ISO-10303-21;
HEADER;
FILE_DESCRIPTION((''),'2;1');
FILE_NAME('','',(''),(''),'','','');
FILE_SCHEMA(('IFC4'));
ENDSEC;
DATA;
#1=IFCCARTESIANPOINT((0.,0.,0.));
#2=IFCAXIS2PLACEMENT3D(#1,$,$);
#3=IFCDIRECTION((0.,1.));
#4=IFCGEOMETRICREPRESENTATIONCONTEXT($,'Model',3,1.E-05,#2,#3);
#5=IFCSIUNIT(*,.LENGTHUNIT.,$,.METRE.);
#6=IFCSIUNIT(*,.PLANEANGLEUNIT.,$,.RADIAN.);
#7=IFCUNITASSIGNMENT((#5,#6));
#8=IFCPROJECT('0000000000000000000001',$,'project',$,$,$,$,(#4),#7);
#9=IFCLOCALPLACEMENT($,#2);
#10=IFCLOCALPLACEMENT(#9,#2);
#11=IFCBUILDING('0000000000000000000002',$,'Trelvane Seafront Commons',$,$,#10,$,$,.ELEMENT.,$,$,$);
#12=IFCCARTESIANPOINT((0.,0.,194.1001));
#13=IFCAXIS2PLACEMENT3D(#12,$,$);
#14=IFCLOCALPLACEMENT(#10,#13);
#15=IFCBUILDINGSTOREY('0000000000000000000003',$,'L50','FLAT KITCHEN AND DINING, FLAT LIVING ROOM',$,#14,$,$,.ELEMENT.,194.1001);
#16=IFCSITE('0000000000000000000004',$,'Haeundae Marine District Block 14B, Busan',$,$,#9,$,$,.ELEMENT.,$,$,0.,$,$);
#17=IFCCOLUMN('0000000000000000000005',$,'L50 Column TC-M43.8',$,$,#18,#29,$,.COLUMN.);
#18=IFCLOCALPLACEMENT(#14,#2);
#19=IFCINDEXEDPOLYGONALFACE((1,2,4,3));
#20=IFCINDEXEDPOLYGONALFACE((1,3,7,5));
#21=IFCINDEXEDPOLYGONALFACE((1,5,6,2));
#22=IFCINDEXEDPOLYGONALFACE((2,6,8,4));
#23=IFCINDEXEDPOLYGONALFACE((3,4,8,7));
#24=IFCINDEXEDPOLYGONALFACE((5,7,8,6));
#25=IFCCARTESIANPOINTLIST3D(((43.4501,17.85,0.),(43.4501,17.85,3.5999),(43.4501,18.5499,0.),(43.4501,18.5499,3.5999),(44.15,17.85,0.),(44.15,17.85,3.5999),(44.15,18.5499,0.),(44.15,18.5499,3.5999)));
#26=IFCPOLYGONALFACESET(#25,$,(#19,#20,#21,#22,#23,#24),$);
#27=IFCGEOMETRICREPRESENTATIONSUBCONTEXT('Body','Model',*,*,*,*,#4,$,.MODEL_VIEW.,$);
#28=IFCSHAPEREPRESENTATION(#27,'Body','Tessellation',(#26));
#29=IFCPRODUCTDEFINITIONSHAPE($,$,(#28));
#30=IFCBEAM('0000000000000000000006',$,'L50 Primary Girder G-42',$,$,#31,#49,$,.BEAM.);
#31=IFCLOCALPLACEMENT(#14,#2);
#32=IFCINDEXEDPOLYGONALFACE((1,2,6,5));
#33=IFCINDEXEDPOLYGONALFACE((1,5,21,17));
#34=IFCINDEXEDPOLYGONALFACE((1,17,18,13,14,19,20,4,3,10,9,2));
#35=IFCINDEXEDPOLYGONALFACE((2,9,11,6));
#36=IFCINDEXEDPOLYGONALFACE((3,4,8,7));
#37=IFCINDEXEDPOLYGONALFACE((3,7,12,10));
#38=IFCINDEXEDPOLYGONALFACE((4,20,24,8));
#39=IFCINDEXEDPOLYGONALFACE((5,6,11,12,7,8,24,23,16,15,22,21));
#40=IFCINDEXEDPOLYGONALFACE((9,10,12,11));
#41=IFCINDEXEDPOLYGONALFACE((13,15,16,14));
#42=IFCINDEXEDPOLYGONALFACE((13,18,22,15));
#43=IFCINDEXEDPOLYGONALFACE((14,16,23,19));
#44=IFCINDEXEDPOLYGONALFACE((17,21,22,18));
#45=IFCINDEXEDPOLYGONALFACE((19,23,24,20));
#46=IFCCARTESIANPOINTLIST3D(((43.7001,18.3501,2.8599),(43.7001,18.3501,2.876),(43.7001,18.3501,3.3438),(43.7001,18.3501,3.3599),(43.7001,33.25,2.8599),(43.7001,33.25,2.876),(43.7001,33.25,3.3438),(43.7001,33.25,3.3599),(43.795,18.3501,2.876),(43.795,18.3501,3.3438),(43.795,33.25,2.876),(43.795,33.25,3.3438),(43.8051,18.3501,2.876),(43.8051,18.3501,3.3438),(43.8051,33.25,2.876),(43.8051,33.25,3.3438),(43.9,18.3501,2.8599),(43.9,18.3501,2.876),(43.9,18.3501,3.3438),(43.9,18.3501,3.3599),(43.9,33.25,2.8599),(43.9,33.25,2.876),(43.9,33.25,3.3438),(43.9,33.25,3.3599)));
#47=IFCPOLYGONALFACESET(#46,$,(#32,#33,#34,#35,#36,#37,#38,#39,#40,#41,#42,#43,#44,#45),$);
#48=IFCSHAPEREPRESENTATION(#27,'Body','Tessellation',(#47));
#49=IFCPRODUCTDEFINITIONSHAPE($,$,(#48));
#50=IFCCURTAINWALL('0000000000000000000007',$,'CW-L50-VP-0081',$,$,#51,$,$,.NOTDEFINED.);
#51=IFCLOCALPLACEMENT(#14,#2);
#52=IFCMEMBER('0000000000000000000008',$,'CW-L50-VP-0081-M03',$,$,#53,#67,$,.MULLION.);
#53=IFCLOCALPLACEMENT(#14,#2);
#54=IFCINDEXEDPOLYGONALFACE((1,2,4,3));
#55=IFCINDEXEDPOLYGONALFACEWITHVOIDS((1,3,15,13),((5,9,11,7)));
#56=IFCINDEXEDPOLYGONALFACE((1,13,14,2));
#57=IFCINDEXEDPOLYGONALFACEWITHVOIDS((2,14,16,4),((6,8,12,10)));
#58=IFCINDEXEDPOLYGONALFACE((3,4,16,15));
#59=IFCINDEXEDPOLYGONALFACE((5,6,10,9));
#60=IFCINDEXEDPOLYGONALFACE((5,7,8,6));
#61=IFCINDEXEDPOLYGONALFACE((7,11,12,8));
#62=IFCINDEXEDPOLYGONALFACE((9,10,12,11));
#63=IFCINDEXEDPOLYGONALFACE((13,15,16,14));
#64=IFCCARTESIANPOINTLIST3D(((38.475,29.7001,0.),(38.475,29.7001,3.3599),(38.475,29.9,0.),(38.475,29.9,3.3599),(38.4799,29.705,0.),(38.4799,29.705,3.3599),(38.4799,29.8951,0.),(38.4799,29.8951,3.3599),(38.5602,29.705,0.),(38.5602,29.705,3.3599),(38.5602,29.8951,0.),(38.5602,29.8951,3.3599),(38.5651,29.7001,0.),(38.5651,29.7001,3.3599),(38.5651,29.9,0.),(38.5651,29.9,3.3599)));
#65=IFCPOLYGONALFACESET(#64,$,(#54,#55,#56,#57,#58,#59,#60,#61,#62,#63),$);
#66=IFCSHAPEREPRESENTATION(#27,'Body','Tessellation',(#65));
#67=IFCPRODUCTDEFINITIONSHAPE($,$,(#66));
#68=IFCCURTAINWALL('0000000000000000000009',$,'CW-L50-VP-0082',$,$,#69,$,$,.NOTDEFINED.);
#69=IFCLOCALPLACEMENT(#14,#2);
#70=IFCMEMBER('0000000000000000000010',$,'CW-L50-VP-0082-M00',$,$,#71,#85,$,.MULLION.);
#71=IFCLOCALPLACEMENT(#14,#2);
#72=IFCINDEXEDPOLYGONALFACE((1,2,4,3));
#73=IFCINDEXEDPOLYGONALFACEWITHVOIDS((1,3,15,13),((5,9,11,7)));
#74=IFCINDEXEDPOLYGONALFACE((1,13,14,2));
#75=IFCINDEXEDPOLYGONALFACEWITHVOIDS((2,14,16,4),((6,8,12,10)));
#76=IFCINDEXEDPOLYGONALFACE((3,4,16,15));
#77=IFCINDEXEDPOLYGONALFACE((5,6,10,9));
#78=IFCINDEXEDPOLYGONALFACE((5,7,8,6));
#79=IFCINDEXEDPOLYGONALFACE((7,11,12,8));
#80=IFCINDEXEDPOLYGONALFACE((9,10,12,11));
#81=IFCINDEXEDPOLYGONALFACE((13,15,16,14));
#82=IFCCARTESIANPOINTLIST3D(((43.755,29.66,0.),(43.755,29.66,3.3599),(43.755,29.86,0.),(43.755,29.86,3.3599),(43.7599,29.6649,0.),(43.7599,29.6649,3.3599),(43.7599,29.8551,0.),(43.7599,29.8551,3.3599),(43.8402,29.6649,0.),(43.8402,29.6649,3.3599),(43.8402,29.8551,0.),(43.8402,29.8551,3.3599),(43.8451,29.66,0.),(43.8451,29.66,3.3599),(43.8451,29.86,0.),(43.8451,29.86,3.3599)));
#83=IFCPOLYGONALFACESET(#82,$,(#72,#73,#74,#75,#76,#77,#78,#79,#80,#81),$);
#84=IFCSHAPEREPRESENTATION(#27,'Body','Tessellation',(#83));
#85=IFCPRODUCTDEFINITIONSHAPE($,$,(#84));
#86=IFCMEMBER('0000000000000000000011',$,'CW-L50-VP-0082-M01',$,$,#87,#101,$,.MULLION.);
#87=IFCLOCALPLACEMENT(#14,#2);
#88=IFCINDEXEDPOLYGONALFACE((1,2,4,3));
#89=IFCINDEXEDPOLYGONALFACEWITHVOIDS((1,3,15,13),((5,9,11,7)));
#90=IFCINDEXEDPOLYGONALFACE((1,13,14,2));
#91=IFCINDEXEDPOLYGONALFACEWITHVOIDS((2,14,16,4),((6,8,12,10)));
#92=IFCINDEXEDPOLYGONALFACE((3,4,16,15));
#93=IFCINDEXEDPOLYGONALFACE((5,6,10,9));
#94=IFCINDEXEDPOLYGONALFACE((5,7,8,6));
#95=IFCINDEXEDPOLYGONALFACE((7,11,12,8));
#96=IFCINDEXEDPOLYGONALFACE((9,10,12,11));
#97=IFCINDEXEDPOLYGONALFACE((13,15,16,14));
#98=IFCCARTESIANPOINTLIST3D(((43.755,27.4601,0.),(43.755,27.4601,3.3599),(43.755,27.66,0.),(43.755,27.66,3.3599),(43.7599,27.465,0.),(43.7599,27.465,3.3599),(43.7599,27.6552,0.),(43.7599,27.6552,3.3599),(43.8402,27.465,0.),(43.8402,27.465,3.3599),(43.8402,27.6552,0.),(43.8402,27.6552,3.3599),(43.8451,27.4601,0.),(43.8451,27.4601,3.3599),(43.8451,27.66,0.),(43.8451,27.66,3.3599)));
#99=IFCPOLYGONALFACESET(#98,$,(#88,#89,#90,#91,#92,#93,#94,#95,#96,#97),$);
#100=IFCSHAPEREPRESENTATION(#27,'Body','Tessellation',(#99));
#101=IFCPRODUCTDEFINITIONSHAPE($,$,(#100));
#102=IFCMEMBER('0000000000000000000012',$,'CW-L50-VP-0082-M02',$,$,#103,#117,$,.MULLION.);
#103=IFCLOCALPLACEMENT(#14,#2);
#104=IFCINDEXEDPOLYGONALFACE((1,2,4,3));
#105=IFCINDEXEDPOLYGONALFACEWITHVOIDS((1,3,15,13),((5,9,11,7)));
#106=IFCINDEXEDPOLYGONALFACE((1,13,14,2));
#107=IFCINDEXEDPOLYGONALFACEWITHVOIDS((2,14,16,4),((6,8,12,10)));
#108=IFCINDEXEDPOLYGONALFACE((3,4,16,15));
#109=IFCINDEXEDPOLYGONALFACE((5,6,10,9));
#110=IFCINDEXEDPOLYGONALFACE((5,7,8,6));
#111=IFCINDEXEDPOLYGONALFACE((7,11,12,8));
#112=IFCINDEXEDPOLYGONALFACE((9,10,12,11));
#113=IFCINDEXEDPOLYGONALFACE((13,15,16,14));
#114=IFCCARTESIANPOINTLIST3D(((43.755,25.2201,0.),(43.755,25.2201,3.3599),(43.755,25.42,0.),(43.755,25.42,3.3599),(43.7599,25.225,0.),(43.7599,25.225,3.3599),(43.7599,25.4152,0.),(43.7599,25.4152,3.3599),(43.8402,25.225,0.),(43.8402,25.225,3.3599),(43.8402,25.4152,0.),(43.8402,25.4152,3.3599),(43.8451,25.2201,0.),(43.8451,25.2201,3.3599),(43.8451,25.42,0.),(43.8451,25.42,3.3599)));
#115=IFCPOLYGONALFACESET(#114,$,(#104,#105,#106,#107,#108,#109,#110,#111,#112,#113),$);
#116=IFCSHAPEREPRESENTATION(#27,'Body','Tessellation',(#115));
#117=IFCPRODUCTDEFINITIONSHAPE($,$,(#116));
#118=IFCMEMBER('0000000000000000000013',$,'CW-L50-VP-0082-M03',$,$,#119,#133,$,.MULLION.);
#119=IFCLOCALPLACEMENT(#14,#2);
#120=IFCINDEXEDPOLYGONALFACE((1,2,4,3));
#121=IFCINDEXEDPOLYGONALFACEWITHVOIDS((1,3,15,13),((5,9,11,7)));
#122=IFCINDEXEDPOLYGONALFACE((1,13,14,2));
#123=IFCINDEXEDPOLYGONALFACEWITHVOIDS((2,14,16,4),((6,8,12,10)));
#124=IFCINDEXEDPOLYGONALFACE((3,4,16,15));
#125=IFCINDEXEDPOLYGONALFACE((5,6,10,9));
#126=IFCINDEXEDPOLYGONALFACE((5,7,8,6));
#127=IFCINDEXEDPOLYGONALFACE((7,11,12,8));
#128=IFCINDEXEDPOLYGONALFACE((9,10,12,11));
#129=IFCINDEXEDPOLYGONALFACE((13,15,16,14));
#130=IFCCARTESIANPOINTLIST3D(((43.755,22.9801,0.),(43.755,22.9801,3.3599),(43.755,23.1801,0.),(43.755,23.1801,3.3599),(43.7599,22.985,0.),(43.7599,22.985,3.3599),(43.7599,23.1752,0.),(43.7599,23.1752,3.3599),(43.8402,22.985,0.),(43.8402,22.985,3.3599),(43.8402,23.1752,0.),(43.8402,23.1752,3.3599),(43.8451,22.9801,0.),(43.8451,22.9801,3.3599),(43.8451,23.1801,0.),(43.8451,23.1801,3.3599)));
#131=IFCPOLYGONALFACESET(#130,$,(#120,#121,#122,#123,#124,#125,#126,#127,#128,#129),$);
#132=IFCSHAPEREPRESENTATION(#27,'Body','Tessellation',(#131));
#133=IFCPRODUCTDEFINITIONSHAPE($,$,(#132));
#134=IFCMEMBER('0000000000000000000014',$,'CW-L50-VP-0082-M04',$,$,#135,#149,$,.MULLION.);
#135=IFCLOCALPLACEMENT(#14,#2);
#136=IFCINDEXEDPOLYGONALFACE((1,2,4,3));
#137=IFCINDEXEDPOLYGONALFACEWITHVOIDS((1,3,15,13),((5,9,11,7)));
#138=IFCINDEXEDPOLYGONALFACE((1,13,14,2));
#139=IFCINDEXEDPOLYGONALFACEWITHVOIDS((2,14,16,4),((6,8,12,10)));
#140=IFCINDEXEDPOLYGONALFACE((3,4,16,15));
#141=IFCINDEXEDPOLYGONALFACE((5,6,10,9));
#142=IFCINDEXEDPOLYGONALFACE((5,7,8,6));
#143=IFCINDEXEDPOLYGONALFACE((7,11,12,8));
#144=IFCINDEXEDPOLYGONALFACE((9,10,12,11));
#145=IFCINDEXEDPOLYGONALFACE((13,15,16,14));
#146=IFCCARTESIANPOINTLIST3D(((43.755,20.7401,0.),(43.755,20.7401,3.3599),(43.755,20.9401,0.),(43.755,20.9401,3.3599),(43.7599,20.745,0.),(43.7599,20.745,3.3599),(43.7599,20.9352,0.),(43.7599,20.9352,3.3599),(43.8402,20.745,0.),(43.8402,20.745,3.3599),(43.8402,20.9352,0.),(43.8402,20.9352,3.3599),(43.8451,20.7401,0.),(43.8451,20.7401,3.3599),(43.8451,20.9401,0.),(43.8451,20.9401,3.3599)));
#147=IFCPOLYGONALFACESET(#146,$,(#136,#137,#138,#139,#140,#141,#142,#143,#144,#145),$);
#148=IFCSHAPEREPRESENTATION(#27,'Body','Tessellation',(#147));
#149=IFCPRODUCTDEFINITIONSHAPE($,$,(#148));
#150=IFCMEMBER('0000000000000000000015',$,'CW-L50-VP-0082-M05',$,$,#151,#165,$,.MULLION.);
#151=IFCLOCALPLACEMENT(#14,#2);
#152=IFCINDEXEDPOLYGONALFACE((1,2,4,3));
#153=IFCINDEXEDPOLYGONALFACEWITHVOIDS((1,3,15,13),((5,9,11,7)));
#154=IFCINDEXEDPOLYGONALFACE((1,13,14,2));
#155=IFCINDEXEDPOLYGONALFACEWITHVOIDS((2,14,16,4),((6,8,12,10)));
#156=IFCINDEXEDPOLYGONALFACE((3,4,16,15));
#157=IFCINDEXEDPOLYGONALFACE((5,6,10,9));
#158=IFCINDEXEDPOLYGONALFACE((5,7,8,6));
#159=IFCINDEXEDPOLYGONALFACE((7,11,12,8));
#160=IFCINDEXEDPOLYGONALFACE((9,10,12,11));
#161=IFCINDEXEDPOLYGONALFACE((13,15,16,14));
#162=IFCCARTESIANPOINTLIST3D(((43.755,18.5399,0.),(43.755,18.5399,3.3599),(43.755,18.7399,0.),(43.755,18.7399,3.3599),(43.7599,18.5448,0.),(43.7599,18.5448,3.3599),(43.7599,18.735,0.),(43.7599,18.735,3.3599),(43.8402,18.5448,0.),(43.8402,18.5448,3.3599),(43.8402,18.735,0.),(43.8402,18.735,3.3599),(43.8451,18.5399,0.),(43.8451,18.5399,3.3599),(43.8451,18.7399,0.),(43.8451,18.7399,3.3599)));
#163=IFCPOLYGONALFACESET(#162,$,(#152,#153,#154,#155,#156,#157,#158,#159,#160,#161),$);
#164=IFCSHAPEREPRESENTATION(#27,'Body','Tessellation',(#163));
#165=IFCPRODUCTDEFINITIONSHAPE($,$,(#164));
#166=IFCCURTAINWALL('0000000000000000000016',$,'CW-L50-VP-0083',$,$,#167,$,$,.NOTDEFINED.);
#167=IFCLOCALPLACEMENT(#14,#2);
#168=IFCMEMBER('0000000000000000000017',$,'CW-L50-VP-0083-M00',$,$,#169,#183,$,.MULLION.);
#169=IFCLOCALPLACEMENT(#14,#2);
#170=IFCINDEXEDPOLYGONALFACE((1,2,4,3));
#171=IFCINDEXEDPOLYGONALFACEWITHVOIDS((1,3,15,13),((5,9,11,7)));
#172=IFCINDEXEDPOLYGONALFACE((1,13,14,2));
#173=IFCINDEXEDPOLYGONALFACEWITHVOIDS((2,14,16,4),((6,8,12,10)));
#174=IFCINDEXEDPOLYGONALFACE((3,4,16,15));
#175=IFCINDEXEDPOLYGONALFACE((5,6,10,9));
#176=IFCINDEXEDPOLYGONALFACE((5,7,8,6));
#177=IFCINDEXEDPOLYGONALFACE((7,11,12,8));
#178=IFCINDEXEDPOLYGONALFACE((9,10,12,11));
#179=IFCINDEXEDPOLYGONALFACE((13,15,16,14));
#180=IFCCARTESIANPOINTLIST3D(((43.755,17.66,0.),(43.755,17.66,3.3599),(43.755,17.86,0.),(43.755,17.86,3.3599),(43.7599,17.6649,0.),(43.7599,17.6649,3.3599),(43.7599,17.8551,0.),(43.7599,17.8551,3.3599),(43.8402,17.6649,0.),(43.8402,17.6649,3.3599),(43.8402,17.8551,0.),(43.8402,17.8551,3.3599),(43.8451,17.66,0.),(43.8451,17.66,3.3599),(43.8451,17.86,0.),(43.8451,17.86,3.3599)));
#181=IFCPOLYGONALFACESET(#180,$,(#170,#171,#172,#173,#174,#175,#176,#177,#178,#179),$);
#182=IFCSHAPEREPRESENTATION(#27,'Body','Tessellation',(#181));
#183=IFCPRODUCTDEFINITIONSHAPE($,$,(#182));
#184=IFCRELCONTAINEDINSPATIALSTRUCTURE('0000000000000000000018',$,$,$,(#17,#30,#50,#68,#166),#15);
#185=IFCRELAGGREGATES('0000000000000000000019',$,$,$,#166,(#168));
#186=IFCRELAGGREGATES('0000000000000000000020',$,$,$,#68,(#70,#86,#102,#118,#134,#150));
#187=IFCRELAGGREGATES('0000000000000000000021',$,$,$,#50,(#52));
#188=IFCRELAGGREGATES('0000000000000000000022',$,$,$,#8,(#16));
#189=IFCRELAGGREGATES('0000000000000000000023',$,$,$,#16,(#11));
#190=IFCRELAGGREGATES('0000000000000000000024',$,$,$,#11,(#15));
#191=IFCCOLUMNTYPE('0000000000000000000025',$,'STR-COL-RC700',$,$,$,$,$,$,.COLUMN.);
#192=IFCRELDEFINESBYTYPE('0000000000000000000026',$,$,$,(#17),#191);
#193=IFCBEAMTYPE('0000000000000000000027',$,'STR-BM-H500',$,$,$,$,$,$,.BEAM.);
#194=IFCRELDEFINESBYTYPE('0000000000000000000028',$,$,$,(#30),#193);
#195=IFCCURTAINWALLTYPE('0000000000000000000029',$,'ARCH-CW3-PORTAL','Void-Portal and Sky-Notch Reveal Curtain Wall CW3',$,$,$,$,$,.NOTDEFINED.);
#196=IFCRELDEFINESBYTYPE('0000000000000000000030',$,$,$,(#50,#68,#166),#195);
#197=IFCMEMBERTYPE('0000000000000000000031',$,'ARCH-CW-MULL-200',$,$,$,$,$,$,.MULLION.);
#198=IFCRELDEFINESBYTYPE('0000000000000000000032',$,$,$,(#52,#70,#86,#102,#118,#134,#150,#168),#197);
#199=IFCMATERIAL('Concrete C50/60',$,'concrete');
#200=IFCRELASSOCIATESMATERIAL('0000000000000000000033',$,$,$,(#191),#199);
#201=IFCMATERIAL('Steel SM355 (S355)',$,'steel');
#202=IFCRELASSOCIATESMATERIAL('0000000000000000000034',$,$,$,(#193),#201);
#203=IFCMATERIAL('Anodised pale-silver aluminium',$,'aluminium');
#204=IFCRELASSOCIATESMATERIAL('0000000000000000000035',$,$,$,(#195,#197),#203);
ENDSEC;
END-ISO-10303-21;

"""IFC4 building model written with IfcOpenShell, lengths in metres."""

from ifc_helpers import new_model, si_unit, direction, frame, origin, origin_2d, place, context, subcontext, project, spatial, rectangle, hollow_rectangle, i_section, extrude, source, transform, mapped, material, material_profile, profile_set, type_object, element, aggregate, save


model = new_model("IFC4")

# Units and contexts
model_context = context("Model", 3, precision=1e-05, world=origin(), true_north=direction((0.0, 1.0)))
body_context = subcontext(model_context, "Body", "Model", "MODEL_VIEW")
ifc_project = project(units=[si_unit("LENGTHUNIT", "METRE"), si_unit("PLANEANGLEUNIT", "RADIAN")], contexts=[model_context])

# Site, building, storey
site_placement = place(None, origin())
site = spatial("IfcSite", under=ifc_project, at=site_placement, Name="Haeundae Marine District Block 14B, Busan", CompositionType="ELEMENT", RefElevation=0.0)
building_placement = place(site_placement, origin())
building = spatial("IfcBuilding", under=site, at=building_placement, Name="Trelvane Seafront Commons", CompositionType="ELEMENT")
storey_placement = place(building_placement, frame((0.0, 0.0, 194.1001)))
storey = spatial("IfcBuildingStorey", under=building, at=storey_placement, Name="L50", Description="FLAT KITCHEN AND DINING, FLAT LIVING ROOM", CompositionType="ELEMENT", Elevation=194.1001)

# Column
ifc_material_1 = material(Name="Concrete C50/60", Category="concrete")
ifc_material_profile_1 = material_profile(ifc_material_1, rectangle(XDim=0.7, YDim=0.7, at=origin_2d()), Name="RC-700x700")
ifc_profile_set_1 = profile_set([ifc_material_profile_1], Name="Concrete C50/60")
column_type = type_object("IfcColumnType", Name="STR-COL-RC700", PredefinedType="COLUMN", material=ifc_profile_set_1)
shared_shape_1 = source(origin(), body_context, "Body", "SweptSolid", [
    extrude(rectangle(XDim=0.7, YDim=0.7, at=origin_2d()), origin(), (0.0, 0.0, 1.0), 3.5999),
])
column_placement = place(storey_placement, frame((43.8, 18.2, 0.0), z_axis=(0.0, 0.0, 1.0), x_axis=(1.0, 0.0, 0.0)))
element("IfcColumn", 1, at=column_placement, inside=storey, type_object=column_type, Name="L50 Column TC-M43.8", PredefinedType="COLUMN", context=body_context, shape_type="MappedRepresentation", body=[
    mapped(shared_shape_1, transform((0.0, 0.0, 0.0), x_axis=(1.0, 0.0, 0.0), y_axis=(0.0, 1.0, 0.0), z_axis=(0.0, 0.0, 1.0), scale=1.0)),
])

# Beam
ifc_material_2 = material(Name="Steel SM355 (S355)", Category="steel")
ifc_material_profile_2 = material_profile(ifc_material_2, i_section(OverallWidth=0.2, OverallDepth=0.5, WebThickness=0.01, FlangeThickness=0.0161, at=origin_2d()), Name="H-500x200x10x16")
ifc_profile_set_2 = profile_set([ifc_material_profile_2], Name="Steel SM355 (S355)")
beam_type = type_object("IfcBeamType", Name="STR-BM-H500", PredefinedType="BEAM", material=ifc_profile_set_2)
shared_shape_2 = source(origin(), body_context, "Body", "SweptSolid", [
    extrude(i_section(OverallWidth=0.2, OverallDepth=0.5, WebThickness=0.01, FlangeThickness=0.0161, at=origin_2d()), origin(), (0.0, 0.0, 1.0), 14.8999),
])
beam_placement = place(storey_placement, frame((43.8, 18.3501, 3.1099), z_axis=(0.0, 1.0, 0.0), x_axis=(-1.0, 0.0, 0.0)))
element("IfcBeam", 2, at=beam_placement, inside=storey, type_object=beam_type, Name="L50 Primary Girder G-42", PredefinedType="BEAM", context=body_context, shape_type="MappedRepresentation", body=[
    mapped(shared_shape_2, transform((0.0, 0.0, 0.0), x_axis=(1.0, 0.0, 0.0), y_axis=(0.0, 1.0, 0.0), z_axis=(0.0, 0.0, 1.0), scale=1.0)),
])

# Curtain wall, member
ifc_material_3 = material(Name="Anodised pale-silver aluminium", Category="aluminium")
curtain_wall_type = type_object("IfcCurtainWallType", Name="ARCH-CW3-PORTAL", Description="Void-Portal and Sky-Notch Reveal Curtain Wall CW3", PredefinedType="NOTDEFINED", material=ifc_material_3)
curtain_wall_1_placement = place(storey_placement, origin())
curtain_wall_1 = element("IfcCurtainWall", 3, at=curtain_wall_1_placement, inside=storey, type_object=curtain_wall_type, Name="CW-L50-VP-0081", PredefinedType="NOTDEFINED")
ifc_material_profile_3 = material_profile(ifc_material_3, hollow_rectangle(XDim=0.0901, YDim=0.2, WallThickness=0.0049, at=origin_2d()), Name="MULL-90x200x5")
ifc_profile_set_3 = profile_set([ifc_material_profile_3], Name="Anodised pale-silver aluminium")
member_type_1 = type_object("IfcMemberType", Name="ARCH-CW-MULL-200", PredefinedType="MULLION", material=ifc_profile_set_3)
shared_shape_3 = source(origin(), body_context, "Body", "SweptSolid", [
    extrude(hollow_rectangle(XDim=0.0901, YDim=0.2, WallThickness=0.0049, at=origin_2d()), origin(), (0.0, 0.0, 1.0), 3.3599),
])
member_1_placement = place(storey_placement, frame((38.52, 29.8, 0.0), z_axis=(0.0, 0.0, 1.0), x_axis=(1.0, 0.0, 0.0)))
member_1 = element("IfcMember", 4, at=member_1_placement, type_object=member_type_1, Name="CW-L50-VP-0081-M03", PredefinedType="MULLION", context=body_context, shape_type="MappedRepresentation", body=[
    mapped(shared_shape_3, transform((0.0, 0.0, 0.0), x_axis=(1.0, 0.0, 0.0), y_axis=(0.0, 1.0, 0.0), z_axis=(0.0, 0.0, 1.0), scale=1.0)),
])

# Curtain walls, members
curtain_wall_2_placement = place(storey_placement, origin())
curtain_wall_2 = element("IfcCurtainWall", 5, at=curtain_wall_2_placement, inside=storey, type_object=curtain_wall_type, Name="CW-L50-VP-0082", PredefinedType="NOTDEFINED")
member_2_placement = place(storey_placement, frame((43.8, 29.76, 0.0), z_axis=(0.0, 0.0, 1.0), x_axis=(1.0, 0.0, 0.0)))
member_2 = element("IfcMember", 6, at=member_2_placement, type_object=member_type_1, Name="CW-L50-VP-0082-M00", PredefinedType="MULLION", context=body_context, shape_type="MappedRepresentation", body=[
    mapped(shared_shape_3, transform((0.0, 0.0, 0.0), x_axis=(1.0, 0.0, 0.0), y_axis=(0.0, 1.0, 0.0), z_axis=(0.0, 0.0, 1.0), scale=1.0)),
])
member_3_placement = place(storey_placement, frame((43.8, 27.5601, 0.0), z_axis=(0.0, 0.0, 1.0), x_axis=(1.0, 0.0, 0.0)))
member_3 = element("IfcMember", 7, at=member_3_placement, type_object=member_type_1, Name="CW-L50-VP-0082-M01", PredefinedType="MULLION", context=body_context, shape_type="MappedRepresentation", body=[
    mapped(shared_shape_3, transform((0.0, 0.0, 0.0), x_axis=(1.0, 0.0, 0.0), y_axis=(0.0, 1.0, 0.0), z_axis=(0.0, 0.0, 1.0), scale=1.0)),
])
member_4_placement = place(storey_placement, frame((43.8, 25.3201, 0.0), z_axis=(0.0, 0.0, 1.0), x_axis=(1.0, 0.0, 0.0)))
member_4 = element("IfcMember", 8, at=member_4_placement, type_object=member_type_1, Name="CW-L50-VP-0082-M02", PredefinedType="MULLION", context=body_context, shape_type="MappedRepresentation", body=[
    mapped(shared_shape_3, transform((0.0, 0.0, 0.0), x_axis=(1.0, 0.0, 0.0), y_axis=(0.0, 1.0, 0.0), z_axis=(0.0, 0.0, 1.0), scale=1.0)),
])
member_5_placement = place(storey_placement, frame((43.8, 23.0801, 0.0), z_axis=(0.0, 0.0, 1.0), x_axis=(1.0, 0.0, 0.0)))
member_5 = element("IfcMember", 9, at=member_5_placement, type_object=member_type_1, Name="CW-L50-VP-0082-M03", PredefinedType="MULLION", context=body_context, shape_type="MappedRepresentation", body=[
    mapped(shared_shape_3, transform((0.0, 0.0, 0.0), x_axis=(1.0, 0.0, 0.0), y_axis=(0.0, 1.0, 0.0), z_axis=(0.0, 0.0, 1.0), scale=1.0)),
])
member_6_placement = place(storey_placement, frame((43.8, 20.8401, 0.0), z_axis=(0.0, 0.0, 1.0), x_axis=(1.0, 0.0, 0.0)))
member_6 = element("IfcMember", 10, at=member_6_placement, type_object=member_type_1, Name="CW-L50-VP-0082-M04", PredefinedType="MULLION", context=body_context, shape_type="MappedRepresentation", body=[
    mapped(shared_shape_3, transform((0.0, 0.0, 0.0), x_axis=(1.0, 0.0, 0.0), y_axis=(0.0, 1.0, 0.0), z_axis=(0.0, 0.0, 1.0), scale=1.0)),
])
member_7_placement = place(storey_placement, frame((43.8, 18.6399, 0.0), z_axis=(0.0, 0.0, 1.0), x_axis=(1.0, 0.0, 0.0)))
member_7 = element("IfcMember", 11, at=member_7_placement, type_object=member_type_1, Name="CW-L50-VP-0082-M05", PredefinedType="MULLION", context=body_context, shape_type="MappedRepresentation", body=[
    mapped(shared_shape_3, transform((0.0, 0.0, 0.0), x_axis=(1.0, 0.0, 0.0), y_axis=(0.0, 1.0, 0.0), z_axis=(0.0, 0.0, 1.0), scale=1.0)),
])
curtain_wall_3_placement = place(storey_placement, origin())
curtain_wall_3 = element("IfcCurtainWall", 12, at=curtain_wall_3_placement, inside=storey, type_object=curtain_wall_type, Name="CW-L50-VP-0083", PredefinedType="NOTDEFINED")
member_8_placement = place(storey_placement, frame((43.8, 17.76, 0.0), z_axis=(0.0, 0.0, 1.0), x_axis=(1.0, 0.0, 0.0)))
member_8 = element("IfcMember", 13, at=member_8_placement, type_object=member_type_1, Name="CW-L50-VP-0083-M00", PredefinedType="MULLION", context=body_context, shape_type="MappedRepresentation", body=[
    mapped(shared_shape_3, transform((0.0, 0.0, 0.0), x_axis=(1.0, 0.0, 0.0), y_axis=(0.0, 1.0, 0.0), z_axis=(0.0, 0.0, 1.0), scale=1.0)),
])

aggregate(curtain_wall_3, [member_8])
aggregate(curtain_wall_2, [member_2, member_3, member_4, member_5, member_6, member_7])
aggregate(curtain_wall_1, [member_1])

save(model, "model.ifc")
